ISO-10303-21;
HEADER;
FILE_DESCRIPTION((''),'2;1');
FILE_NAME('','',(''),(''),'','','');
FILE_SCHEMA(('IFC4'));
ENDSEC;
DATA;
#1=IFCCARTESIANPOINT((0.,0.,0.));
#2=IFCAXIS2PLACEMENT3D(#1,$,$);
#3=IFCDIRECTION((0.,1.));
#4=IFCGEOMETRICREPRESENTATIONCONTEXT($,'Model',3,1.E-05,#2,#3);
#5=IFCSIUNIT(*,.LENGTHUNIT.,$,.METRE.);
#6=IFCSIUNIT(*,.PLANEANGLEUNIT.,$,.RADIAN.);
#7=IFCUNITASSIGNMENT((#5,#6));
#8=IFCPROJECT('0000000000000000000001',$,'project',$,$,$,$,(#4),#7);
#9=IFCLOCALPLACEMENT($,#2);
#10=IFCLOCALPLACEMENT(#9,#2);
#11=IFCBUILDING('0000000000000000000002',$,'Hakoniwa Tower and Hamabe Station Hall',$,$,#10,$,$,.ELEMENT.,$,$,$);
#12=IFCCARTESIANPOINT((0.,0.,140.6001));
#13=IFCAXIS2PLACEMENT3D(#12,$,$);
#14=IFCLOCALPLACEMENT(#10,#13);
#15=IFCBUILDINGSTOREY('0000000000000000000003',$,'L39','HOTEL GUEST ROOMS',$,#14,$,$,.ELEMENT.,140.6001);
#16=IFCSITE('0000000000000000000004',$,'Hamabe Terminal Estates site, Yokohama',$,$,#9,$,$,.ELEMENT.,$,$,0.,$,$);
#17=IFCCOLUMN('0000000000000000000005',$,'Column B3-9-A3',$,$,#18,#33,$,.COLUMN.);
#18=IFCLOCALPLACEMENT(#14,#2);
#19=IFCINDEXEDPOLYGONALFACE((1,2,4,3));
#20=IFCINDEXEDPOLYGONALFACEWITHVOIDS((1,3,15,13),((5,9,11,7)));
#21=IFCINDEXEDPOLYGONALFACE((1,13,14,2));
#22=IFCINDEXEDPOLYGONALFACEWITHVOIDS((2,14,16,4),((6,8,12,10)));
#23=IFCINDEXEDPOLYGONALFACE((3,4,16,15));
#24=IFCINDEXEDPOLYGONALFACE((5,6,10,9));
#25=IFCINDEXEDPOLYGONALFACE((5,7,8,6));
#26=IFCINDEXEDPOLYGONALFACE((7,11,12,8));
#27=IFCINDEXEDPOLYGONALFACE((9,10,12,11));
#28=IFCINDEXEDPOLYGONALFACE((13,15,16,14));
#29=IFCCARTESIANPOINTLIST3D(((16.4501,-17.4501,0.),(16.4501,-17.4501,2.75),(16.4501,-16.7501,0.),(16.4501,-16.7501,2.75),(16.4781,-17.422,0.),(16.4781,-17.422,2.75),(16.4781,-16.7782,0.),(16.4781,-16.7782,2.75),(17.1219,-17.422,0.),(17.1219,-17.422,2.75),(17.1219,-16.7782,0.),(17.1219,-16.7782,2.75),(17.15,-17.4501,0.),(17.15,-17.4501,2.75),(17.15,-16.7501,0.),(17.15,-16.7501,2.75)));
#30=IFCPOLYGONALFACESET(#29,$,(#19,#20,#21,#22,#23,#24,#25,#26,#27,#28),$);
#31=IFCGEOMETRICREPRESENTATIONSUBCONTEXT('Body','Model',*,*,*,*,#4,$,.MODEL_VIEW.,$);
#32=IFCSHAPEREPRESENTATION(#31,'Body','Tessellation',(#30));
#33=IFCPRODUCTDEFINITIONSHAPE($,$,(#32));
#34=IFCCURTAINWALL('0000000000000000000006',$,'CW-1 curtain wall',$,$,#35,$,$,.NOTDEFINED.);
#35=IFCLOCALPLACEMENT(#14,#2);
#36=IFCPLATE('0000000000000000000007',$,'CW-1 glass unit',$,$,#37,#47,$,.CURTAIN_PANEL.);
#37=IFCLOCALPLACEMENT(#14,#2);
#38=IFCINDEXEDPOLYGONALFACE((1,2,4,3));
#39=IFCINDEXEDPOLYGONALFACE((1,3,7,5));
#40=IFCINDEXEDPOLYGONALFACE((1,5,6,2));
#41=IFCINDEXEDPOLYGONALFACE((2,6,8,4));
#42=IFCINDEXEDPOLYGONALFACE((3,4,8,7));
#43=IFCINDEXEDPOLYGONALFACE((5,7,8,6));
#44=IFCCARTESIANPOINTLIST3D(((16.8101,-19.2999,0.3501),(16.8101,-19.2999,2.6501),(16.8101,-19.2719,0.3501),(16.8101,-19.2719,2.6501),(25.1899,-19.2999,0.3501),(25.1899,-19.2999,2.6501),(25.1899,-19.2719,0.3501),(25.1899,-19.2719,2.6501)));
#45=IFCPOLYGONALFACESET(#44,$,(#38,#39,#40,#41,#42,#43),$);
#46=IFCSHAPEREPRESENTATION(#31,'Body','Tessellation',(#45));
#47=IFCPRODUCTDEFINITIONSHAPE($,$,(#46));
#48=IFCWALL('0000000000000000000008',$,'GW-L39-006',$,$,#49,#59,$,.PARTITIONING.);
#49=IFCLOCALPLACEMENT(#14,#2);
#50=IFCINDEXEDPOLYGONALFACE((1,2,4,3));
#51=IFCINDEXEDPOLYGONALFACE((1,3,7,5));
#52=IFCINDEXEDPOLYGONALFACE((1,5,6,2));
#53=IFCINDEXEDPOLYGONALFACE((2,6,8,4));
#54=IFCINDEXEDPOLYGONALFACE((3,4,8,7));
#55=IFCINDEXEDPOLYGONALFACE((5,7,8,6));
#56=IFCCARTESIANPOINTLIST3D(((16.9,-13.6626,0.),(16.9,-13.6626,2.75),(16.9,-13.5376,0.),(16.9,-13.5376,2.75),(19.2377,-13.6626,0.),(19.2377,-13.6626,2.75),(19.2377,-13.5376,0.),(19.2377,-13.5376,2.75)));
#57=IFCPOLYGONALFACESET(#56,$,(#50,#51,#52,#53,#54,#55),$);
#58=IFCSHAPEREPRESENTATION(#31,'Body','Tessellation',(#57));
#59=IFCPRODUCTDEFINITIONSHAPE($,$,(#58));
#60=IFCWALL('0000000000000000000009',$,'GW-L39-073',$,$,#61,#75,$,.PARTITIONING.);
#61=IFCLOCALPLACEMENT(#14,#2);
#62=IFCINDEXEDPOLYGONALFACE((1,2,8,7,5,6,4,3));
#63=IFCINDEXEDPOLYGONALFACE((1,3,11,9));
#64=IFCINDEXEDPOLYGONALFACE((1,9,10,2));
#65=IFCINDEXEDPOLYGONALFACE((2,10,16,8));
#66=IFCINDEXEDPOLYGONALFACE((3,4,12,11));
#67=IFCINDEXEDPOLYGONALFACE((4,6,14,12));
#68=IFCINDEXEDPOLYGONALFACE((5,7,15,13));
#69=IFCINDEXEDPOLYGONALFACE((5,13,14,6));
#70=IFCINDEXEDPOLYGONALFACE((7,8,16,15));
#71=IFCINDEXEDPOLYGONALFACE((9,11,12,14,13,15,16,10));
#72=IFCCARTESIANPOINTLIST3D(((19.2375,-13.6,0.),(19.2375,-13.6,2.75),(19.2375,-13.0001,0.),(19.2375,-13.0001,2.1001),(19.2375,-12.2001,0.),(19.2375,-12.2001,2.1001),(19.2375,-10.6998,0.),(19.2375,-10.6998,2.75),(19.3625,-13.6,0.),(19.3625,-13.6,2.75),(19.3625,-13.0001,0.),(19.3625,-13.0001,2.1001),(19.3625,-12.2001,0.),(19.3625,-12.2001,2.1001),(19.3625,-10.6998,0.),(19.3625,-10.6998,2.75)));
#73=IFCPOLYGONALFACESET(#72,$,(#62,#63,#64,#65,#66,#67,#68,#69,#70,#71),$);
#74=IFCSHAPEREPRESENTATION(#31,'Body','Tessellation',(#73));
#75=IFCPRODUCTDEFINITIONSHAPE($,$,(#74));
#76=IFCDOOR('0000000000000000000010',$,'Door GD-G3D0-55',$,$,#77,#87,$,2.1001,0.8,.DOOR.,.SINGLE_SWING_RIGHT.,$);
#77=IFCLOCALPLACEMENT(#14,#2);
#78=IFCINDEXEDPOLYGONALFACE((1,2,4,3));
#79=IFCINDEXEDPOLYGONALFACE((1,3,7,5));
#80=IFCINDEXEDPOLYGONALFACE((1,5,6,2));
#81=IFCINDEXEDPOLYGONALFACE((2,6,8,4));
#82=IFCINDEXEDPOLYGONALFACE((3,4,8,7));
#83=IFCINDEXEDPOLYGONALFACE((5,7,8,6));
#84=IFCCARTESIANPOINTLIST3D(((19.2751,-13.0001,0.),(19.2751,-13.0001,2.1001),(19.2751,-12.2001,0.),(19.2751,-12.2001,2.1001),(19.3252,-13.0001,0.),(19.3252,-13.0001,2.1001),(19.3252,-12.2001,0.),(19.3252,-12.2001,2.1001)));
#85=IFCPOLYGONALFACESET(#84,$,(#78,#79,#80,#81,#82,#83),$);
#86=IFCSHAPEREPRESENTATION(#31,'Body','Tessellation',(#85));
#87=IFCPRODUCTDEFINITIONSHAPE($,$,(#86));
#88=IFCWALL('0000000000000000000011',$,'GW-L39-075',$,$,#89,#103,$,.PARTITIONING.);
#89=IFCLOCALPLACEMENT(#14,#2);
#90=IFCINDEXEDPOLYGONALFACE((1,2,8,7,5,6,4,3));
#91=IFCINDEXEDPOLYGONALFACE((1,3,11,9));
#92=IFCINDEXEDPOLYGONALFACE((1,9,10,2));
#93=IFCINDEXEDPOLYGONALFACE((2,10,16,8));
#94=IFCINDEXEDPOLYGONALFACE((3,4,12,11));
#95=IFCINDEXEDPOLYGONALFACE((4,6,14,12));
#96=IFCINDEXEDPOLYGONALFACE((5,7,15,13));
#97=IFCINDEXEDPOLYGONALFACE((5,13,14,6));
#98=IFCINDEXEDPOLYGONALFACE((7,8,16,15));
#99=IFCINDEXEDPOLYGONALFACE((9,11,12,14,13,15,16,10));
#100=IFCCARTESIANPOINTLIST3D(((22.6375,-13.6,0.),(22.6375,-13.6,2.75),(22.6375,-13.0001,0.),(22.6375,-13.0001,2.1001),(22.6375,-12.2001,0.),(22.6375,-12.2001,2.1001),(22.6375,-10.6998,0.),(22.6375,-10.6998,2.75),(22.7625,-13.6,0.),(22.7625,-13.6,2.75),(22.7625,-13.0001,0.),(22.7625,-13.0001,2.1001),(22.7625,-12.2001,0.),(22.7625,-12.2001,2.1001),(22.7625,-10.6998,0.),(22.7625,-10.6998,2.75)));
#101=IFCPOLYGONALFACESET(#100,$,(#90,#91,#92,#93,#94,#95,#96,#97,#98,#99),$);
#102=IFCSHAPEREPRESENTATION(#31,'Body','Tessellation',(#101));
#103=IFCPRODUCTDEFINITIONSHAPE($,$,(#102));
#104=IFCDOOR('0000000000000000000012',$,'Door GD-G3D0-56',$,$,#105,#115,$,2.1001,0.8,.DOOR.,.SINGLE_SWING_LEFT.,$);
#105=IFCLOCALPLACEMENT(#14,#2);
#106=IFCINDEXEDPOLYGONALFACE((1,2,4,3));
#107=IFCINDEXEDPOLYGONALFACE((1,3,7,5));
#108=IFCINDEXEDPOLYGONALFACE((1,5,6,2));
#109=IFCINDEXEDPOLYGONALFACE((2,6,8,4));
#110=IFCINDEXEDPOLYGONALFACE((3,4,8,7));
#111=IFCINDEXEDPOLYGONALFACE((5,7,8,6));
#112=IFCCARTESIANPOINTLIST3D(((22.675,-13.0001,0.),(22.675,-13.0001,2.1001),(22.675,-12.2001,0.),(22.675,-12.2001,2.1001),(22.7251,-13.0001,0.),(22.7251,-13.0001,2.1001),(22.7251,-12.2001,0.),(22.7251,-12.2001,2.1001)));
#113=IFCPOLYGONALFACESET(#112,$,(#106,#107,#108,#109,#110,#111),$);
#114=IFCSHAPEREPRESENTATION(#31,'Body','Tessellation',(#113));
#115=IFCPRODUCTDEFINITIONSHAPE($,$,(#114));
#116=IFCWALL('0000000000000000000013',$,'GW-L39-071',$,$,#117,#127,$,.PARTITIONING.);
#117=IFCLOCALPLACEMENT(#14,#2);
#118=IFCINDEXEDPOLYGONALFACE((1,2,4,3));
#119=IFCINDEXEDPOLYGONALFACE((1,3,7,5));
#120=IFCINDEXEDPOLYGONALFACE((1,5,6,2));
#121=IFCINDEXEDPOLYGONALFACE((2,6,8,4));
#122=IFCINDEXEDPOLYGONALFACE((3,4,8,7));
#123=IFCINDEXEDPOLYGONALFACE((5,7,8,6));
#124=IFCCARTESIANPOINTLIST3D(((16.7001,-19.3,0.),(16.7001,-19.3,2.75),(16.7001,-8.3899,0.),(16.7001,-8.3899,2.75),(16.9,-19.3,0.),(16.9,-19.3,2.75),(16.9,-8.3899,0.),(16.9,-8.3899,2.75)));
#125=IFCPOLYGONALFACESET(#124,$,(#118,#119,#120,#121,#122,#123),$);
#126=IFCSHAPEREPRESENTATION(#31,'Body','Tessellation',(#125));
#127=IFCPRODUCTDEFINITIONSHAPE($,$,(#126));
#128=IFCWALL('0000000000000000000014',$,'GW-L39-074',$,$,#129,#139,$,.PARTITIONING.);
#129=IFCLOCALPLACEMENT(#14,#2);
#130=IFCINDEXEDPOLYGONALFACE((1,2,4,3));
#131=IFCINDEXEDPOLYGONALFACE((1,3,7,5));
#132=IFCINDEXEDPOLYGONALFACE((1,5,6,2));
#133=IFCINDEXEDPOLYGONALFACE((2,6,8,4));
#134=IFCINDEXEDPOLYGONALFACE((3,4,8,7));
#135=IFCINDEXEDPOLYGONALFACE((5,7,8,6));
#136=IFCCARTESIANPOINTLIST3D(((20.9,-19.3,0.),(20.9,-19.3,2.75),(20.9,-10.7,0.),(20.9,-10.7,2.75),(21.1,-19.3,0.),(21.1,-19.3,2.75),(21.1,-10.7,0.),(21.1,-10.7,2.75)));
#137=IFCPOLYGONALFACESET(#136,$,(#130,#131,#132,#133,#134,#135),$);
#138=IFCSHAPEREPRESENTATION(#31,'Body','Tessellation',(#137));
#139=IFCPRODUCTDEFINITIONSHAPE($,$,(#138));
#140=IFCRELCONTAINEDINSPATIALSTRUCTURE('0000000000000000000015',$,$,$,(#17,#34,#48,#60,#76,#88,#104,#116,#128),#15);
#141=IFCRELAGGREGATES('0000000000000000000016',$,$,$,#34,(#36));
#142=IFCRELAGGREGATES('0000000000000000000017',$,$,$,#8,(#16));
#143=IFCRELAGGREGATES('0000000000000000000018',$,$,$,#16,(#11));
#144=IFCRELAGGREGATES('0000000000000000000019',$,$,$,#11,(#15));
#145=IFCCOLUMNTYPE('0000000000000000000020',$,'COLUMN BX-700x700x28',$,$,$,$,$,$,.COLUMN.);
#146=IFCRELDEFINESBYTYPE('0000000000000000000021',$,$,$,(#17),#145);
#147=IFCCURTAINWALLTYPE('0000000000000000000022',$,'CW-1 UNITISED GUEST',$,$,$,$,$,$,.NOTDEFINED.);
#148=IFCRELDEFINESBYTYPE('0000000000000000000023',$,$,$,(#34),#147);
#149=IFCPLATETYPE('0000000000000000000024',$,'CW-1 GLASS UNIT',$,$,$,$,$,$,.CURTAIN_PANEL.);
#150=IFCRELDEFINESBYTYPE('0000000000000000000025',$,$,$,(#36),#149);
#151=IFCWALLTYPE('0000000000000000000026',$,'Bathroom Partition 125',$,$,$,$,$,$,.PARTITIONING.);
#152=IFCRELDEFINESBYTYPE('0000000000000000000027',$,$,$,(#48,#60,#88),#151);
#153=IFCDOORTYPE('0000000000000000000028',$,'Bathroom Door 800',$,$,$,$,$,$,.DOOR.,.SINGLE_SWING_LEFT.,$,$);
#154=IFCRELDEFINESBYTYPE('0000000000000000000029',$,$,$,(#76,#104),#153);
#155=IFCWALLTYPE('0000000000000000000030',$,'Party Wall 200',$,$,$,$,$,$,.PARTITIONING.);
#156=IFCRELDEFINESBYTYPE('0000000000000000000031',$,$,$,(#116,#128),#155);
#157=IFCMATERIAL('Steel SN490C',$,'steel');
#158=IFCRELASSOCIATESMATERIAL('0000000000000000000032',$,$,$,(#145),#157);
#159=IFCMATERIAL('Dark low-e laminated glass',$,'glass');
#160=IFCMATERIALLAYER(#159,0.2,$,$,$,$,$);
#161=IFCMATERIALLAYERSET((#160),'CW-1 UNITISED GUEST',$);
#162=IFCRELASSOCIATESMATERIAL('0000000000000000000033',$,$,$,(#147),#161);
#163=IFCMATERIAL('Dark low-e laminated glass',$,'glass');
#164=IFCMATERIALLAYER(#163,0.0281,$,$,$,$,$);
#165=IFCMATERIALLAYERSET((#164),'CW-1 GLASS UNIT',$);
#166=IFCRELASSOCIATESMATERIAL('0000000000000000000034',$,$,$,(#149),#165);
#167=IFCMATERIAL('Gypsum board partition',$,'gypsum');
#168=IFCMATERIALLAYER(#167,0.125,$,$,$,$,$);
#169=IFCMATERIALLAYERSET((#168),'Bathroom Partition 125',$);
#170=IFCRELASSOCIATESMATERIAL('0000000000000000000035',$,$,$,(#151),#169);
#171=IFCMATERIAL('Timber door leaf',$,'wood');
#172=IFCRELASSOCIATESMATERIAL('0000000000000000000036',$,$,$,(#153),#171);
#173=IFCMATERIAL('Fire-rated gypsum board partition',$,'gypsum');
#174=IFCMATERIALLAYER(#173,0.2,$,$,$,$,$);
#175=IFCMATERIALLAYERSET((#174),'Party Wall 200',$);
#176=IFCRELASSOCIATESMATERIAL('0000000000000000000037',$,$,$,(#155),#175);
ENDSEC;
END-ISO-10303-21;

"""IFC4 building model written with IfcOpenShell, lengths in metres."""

from ifc_helpers import new_model, si_unit, direction, frame, frame_2d, origin, origin_2d, place, context, subcontext, project, spatial, rectangle, hollow_rectangle, extrude, material, layer, layer_set, material_profile, profile_set, type_object, element, fill, aggregate, save


model = new_model("IFC4")

# Units and contexts
model_context = context("Model", 3, precision=1e-05, world=origin(), true_north=direction((0.0, 1.0)))
body_context = subcontext(model_context, "Body", "Model", "MODEL_VIEW")
ifc_project = project(units=[si_unit("LENGTHUNIT", "METRE"), si_unit("PLANEANGLEUNIT", "RADIAN")], contexts=[model_context])

# Site, building, storey
site_placement = place(None, origin())
site = spatial("IfcSite", under=ifc_project, at=site_placement, Name="Hamabe Terminal Estates site, Yokohama", CompositionType="ELEMENT", RefElevation=0.0)
building_placement = place(site_placement, origin())
building = spatial("IfcBuilding", under=site, at=building_placement, Name="Hakoniwa Tower and Hamabe Station Hall", CompositionType="ELEMENT")
storey_placement = place(building_placement, frame((0.0, 0.0, 140.6001)))
storey = spatial("IfcBuildingStorey", under=building, at=storey_placement, Name="L39", Description="HOTEL GUEST ROOMS", CompositionType="ELEMENT", Elevation=140.6001)

# Column
ifc_material_1 = material(Name="Steel SN490C", Category="steel")
ifc_material_profile = material_profile(ifc_material_1, hollow_rectangle(XDim=0.7, YDim=0.7, WallThickness=0.0281, at=origin_2d()), Name="BX-700x700x28")
ifc_profile_set = profile_set([ifc_material_profile], Name="Steel SN490C")
column_type = type_object("IfcColumnType", Name="COLUMN BX-700x700x28", PredefinedType="COLUMN", material=ifc_profile_set)
column_placement = place(storey_placement, frame((16.8, -17.1001, 0.0), z_axis=(0.0, 0.0, 1.0), x_axis=(1.0, 0.0, 0.0)))
element("IfcColumn", 1, at=column_placement, inside=storey, type_object=column_type, Name="Column B3-9-A3", PredefinedType="COLUMN", context=body_context, shape_type="SweptSolid", body=[
    extrude(hollow_rectangle(XDim=0.7, YDim=0.7, WallThickness=0.0281, at=origin_2d()), origin(), (0.0, 0.0, 1.0), 2.75),
])

# Curtain wall, plate
ifc_material_2 = material(Name="Dark low-e laminated glass", Category="glass")
ifc_layer_1 = layer(ifc_material_2, 0.2)
ifc_layer_set_1 = layer_set([ifc_layer_1], Name="CW-1 UNITISED GUEST")
curtain_wall_type = type_object("IfcCurtainWallType", Name="CW-1 UNITISED GUEST", PredefinedType="NOTDEFINED", material=ifc_layer_set_1)
curtain_wall_placement = place(storey_placement, origin())
curtain_wall = element("IfcCurtainWall", 2, at=curtain_wall_placement, inside=storey, type_object=curtain_wall_type, Name="CW-1 curtain wall", PredefinedType="NOTDEFINED")
ifc_material_3 = material(Name="Dark low-e laminated glass", Category="glass")
ifc_layer_2 = layer(ifc_material_3, 0.0281)
ifc_layer_set_2 = layer_set([ifc_layer_2], Name="CW-1 GLASS UNIT")
plate_type = type_object("IfcPlateType", Name="CW-1 GLASS UNIT", PredefinedType="CURTAIN_PANEL", material=ifc_layer_set_2)
plate_placement = place(storey_placement, frame((21.0, -19.2859, 0.3501), z_axis=(0.0, 0.0, 1.0), x_axis=(1.0, 0.0, 0.0)))
plate = element("IfcPlate", 3, at=plate_placement, type_object=plate_type, Name="CW-1 glass unit", PredefinedType="CURTAIN_PANEL", context=body_context, shape_type="SweptSolid", body=[
    extrude(rectangle(XDim=8.3799, YDim=0.0281, at=origin_2d()), origin(), (0.0, 0.0, 1.0), 2.3),
])
aggregate(curtain_wall, [plate])

# Wall
ifc_material_4 = material(Name="Gypsum board partition", Category="gypsum")
ifc_layer_3 = layer(ifc_material_4, 0.125)
ifc_layer_set_3 = layer_set([ifc_layer_3], Name="Bathroom Partition 125")
wall_type_1 = type_object("IfcWallType", Name="Bathroom Partition 125", PredefinedType="PARTITIONING", material=ifc_layer_set_3)
wall_1_placement = place(storey_placement, frame((16.8999, -13.6001, 0.0), z_axis=(0.0, 0.0, 1.0), x_axis=(1.0, 0.0, 0.0)))
element("IfcWall", 4, at=wall_1_placement, inside=storey, type_object=wall_type_1, Name="GW-L39-006", PredefinedType="PARTITIONING", context=body_context, shape_type="SweptSolid", body=[
    extrude(rectangle(XDim=2.3376, YDim=0.125, at=frame_2d((1.1689, 0.0))), origin(), (0.0, 0.0, 1.0), 2.75),
])

# Walls, openings, doors
wall_2_placement = place(storey_placement, frame((19.3, -13.6001, 0.0), z_axis=(0.0, 0.0, 1.0), x_axis=(0.0, 1.0, 0.0)))
wall_2 = element("IfcWall", 5, at=wall_2_placement, inside=storey, type_object=wall_type_1, Name="GW-L39-073", PredefinedType="PARTITIONING", context=body_context, shape_type="SweptSolid", body=[
    extrude(rectangle(XDim=2.9001, YDim=0.125, at=frame_2d((1.4502, 0.0))), origin(), (0.0, 0.0, 1.0), 2.75),
])
opening_1_placement = place(wall_2_placement, frame((0.6001, 0.0, 0.0)))
opening_1 = element("IfcOpeningElement", 6, at=opening_1_placement, cuts=wall_2, PredefinedType="OPENING", context=body_context, shape_type="SweptSolid", body=[
    extrude(rectangle(XDim=0.8, YDim=2.1001, at=frame_2d((0.3999, 1.05))), frame((0.0, 0.0725, 0.0), z_axis=(0.0, -1.0, 0.0), x_axis=(1.0, 0.0, 0.0)), (0.0, 0.0, 1.0), 0.145),
])
ifc_material_5 = material(Name="Timber door leaf", Category="wood")
door_type = type_object("IfcDoorType", Name="Bathroom Door 800", OperationType="SINGLE_SWING_LEFT", PredefinedType="DOOR", material=ifc_material_5)
door_1_placement = place(opening_1_placement, origin())
door_1 = element("IfcDoor", 7, at=door_1_placement, inside=storey, type_object=door_type, Name="Door GD-G3D0-55", OperationType="SINGLE_SWING_RIGHT", OverallHeight=2.1001, OverallWidth=0.8, PredefinedType="DOOR", context=body_context, shape_type="SweptSolid", body=[
    extrude(rectangle(XDim=0.8, YDim=2.1001, at=frame_2d((0.3999, 1.05))), frame((0.0, 0.0249, 0.0), z_axis=(0.0, -1.0, 0.0), x_axis=(1.0, 0.0, 0.0)), (0.0, 0.0, 1.0), 0.05),
])
fill(opening_1, door_1)
wall_3_placement = place(storey_placement, frame((22.7, -13.6001, 0.0), z_axis=(0.0, 0.0, 1.0), x_axis=(0.0, 1.0, 0.0)))
wall_3 = element("IfcWall", 8, at=wall_3_placement, inside=storey, type_object=wall_type_1, Name="GW-L39-075", PredefinedType="PARTITIONING", context=body_context, shape_type="SweptSolid", body=[
    extrude(rectangle(XDim=2.9001, YDim=0.125, at=frame_2d((1.4502, 0.0))), origin(), (0.0, 0.0, 1.0), 2.75),
])
opening_2_placement = place(wall_3_placement, frame((0.6001, 0.0, 0.0)))
opening_2 = element("IfcOpeningElement", 9, at=opening_2_placement, cuts=wall_3, PredefinedType="OPENING", context=body_context, shape_type="SweptSolid", body=[
    extrude(rectangle(XDim=0.8, YDim=2.1001, at=frame_2d((0.3999, 1.05))), frame((0.0, 0.0725, 0.0), z_axis=(0.0, -1.0, 0.0), x_axis=(1.0, 0.0, 0.0)), (0.0, 0.0, 1.0), 0.145),
])
door_2_placement = place(opening_2_placement, origin())
door_2 = element("IfcDoor", 10, at=door_2_placement, inside=storey, type_object=door_type, Name="Door GD-G3D0-56", OperationType="SINGLE_SWING_LEFT", OverallHeight=2.1001, OverallWidth=0.8, PredefinedType="DOOR", context=body_context, shape_type="SweptSolid", body=[
    extrude(rectangle(XDim=0.8, YDim=2.1001, at=frame_2d((0.3999, 1.05))), frame((0.0, 0.0249, 0.0), z_axis=(0.0, -1.0, 0.0), x_axis=(1.0, 0.0, 0.0)), (0.0, 0.0, 1.0), 0.05),
])
fill(opening_2, door_2)

# Walls
ifc_material_6 = material(Name="Fire-rated gypsum board partition", Category="gypsum")
ifc_layer_4 = layer(ifc_material_6, 0.2)
ifc_layer_set_4 = layer_set([ifc_layer_4], Name="Party Wall 200")
wall_type_2 = type_object("IfcWallType", Name="Party Wall 200", PredefinedType="PARTITIONING", material=ifc_layer_set_4)
wall_4_placement = place(storey_placement, frame((16.8, -19.3, 0.0), z_axis=(0.0, 0.0, 1.0), x_axis=(0.0, 1.0, 0.0)))
element("IfcWall", 11, at=wall_4_placement, inside=storey, type_object=wall_type_2, Name="GW-L39-071", PredefinedType="PARTITIONING", context=body_context, shape_type="SweptSolid", body=[
    extrude(rectangle(XDim=10.9102, YDim=0.2, at=frame_2d((5.4551, 0.0))), origin(), (0.0, 0.0, 1.0), 2.75),
])
wall_5_placement = place(storey_placement, frame((21.0, -19.3, 0.0), z_axis=(0.0, 0.0, 1.0), x_axis=(0.0, 1.0, 0.0)))
element("IfcWall", 12, at=wall_5_placement, inside=storey, type_object=wall_type_2, Name="GW-L39-074", PredefinedType="PARTITIONING", context=body_context, shape_type="SweptSolid", body=[
    extrude(rectangle(XDim=8.6001, YDim=0.2, at=frame_2d((4.3, 0.0))), origin(), (0.0, 0.0, 1.0), 2.75),
])

save(model, "model.ifc")
